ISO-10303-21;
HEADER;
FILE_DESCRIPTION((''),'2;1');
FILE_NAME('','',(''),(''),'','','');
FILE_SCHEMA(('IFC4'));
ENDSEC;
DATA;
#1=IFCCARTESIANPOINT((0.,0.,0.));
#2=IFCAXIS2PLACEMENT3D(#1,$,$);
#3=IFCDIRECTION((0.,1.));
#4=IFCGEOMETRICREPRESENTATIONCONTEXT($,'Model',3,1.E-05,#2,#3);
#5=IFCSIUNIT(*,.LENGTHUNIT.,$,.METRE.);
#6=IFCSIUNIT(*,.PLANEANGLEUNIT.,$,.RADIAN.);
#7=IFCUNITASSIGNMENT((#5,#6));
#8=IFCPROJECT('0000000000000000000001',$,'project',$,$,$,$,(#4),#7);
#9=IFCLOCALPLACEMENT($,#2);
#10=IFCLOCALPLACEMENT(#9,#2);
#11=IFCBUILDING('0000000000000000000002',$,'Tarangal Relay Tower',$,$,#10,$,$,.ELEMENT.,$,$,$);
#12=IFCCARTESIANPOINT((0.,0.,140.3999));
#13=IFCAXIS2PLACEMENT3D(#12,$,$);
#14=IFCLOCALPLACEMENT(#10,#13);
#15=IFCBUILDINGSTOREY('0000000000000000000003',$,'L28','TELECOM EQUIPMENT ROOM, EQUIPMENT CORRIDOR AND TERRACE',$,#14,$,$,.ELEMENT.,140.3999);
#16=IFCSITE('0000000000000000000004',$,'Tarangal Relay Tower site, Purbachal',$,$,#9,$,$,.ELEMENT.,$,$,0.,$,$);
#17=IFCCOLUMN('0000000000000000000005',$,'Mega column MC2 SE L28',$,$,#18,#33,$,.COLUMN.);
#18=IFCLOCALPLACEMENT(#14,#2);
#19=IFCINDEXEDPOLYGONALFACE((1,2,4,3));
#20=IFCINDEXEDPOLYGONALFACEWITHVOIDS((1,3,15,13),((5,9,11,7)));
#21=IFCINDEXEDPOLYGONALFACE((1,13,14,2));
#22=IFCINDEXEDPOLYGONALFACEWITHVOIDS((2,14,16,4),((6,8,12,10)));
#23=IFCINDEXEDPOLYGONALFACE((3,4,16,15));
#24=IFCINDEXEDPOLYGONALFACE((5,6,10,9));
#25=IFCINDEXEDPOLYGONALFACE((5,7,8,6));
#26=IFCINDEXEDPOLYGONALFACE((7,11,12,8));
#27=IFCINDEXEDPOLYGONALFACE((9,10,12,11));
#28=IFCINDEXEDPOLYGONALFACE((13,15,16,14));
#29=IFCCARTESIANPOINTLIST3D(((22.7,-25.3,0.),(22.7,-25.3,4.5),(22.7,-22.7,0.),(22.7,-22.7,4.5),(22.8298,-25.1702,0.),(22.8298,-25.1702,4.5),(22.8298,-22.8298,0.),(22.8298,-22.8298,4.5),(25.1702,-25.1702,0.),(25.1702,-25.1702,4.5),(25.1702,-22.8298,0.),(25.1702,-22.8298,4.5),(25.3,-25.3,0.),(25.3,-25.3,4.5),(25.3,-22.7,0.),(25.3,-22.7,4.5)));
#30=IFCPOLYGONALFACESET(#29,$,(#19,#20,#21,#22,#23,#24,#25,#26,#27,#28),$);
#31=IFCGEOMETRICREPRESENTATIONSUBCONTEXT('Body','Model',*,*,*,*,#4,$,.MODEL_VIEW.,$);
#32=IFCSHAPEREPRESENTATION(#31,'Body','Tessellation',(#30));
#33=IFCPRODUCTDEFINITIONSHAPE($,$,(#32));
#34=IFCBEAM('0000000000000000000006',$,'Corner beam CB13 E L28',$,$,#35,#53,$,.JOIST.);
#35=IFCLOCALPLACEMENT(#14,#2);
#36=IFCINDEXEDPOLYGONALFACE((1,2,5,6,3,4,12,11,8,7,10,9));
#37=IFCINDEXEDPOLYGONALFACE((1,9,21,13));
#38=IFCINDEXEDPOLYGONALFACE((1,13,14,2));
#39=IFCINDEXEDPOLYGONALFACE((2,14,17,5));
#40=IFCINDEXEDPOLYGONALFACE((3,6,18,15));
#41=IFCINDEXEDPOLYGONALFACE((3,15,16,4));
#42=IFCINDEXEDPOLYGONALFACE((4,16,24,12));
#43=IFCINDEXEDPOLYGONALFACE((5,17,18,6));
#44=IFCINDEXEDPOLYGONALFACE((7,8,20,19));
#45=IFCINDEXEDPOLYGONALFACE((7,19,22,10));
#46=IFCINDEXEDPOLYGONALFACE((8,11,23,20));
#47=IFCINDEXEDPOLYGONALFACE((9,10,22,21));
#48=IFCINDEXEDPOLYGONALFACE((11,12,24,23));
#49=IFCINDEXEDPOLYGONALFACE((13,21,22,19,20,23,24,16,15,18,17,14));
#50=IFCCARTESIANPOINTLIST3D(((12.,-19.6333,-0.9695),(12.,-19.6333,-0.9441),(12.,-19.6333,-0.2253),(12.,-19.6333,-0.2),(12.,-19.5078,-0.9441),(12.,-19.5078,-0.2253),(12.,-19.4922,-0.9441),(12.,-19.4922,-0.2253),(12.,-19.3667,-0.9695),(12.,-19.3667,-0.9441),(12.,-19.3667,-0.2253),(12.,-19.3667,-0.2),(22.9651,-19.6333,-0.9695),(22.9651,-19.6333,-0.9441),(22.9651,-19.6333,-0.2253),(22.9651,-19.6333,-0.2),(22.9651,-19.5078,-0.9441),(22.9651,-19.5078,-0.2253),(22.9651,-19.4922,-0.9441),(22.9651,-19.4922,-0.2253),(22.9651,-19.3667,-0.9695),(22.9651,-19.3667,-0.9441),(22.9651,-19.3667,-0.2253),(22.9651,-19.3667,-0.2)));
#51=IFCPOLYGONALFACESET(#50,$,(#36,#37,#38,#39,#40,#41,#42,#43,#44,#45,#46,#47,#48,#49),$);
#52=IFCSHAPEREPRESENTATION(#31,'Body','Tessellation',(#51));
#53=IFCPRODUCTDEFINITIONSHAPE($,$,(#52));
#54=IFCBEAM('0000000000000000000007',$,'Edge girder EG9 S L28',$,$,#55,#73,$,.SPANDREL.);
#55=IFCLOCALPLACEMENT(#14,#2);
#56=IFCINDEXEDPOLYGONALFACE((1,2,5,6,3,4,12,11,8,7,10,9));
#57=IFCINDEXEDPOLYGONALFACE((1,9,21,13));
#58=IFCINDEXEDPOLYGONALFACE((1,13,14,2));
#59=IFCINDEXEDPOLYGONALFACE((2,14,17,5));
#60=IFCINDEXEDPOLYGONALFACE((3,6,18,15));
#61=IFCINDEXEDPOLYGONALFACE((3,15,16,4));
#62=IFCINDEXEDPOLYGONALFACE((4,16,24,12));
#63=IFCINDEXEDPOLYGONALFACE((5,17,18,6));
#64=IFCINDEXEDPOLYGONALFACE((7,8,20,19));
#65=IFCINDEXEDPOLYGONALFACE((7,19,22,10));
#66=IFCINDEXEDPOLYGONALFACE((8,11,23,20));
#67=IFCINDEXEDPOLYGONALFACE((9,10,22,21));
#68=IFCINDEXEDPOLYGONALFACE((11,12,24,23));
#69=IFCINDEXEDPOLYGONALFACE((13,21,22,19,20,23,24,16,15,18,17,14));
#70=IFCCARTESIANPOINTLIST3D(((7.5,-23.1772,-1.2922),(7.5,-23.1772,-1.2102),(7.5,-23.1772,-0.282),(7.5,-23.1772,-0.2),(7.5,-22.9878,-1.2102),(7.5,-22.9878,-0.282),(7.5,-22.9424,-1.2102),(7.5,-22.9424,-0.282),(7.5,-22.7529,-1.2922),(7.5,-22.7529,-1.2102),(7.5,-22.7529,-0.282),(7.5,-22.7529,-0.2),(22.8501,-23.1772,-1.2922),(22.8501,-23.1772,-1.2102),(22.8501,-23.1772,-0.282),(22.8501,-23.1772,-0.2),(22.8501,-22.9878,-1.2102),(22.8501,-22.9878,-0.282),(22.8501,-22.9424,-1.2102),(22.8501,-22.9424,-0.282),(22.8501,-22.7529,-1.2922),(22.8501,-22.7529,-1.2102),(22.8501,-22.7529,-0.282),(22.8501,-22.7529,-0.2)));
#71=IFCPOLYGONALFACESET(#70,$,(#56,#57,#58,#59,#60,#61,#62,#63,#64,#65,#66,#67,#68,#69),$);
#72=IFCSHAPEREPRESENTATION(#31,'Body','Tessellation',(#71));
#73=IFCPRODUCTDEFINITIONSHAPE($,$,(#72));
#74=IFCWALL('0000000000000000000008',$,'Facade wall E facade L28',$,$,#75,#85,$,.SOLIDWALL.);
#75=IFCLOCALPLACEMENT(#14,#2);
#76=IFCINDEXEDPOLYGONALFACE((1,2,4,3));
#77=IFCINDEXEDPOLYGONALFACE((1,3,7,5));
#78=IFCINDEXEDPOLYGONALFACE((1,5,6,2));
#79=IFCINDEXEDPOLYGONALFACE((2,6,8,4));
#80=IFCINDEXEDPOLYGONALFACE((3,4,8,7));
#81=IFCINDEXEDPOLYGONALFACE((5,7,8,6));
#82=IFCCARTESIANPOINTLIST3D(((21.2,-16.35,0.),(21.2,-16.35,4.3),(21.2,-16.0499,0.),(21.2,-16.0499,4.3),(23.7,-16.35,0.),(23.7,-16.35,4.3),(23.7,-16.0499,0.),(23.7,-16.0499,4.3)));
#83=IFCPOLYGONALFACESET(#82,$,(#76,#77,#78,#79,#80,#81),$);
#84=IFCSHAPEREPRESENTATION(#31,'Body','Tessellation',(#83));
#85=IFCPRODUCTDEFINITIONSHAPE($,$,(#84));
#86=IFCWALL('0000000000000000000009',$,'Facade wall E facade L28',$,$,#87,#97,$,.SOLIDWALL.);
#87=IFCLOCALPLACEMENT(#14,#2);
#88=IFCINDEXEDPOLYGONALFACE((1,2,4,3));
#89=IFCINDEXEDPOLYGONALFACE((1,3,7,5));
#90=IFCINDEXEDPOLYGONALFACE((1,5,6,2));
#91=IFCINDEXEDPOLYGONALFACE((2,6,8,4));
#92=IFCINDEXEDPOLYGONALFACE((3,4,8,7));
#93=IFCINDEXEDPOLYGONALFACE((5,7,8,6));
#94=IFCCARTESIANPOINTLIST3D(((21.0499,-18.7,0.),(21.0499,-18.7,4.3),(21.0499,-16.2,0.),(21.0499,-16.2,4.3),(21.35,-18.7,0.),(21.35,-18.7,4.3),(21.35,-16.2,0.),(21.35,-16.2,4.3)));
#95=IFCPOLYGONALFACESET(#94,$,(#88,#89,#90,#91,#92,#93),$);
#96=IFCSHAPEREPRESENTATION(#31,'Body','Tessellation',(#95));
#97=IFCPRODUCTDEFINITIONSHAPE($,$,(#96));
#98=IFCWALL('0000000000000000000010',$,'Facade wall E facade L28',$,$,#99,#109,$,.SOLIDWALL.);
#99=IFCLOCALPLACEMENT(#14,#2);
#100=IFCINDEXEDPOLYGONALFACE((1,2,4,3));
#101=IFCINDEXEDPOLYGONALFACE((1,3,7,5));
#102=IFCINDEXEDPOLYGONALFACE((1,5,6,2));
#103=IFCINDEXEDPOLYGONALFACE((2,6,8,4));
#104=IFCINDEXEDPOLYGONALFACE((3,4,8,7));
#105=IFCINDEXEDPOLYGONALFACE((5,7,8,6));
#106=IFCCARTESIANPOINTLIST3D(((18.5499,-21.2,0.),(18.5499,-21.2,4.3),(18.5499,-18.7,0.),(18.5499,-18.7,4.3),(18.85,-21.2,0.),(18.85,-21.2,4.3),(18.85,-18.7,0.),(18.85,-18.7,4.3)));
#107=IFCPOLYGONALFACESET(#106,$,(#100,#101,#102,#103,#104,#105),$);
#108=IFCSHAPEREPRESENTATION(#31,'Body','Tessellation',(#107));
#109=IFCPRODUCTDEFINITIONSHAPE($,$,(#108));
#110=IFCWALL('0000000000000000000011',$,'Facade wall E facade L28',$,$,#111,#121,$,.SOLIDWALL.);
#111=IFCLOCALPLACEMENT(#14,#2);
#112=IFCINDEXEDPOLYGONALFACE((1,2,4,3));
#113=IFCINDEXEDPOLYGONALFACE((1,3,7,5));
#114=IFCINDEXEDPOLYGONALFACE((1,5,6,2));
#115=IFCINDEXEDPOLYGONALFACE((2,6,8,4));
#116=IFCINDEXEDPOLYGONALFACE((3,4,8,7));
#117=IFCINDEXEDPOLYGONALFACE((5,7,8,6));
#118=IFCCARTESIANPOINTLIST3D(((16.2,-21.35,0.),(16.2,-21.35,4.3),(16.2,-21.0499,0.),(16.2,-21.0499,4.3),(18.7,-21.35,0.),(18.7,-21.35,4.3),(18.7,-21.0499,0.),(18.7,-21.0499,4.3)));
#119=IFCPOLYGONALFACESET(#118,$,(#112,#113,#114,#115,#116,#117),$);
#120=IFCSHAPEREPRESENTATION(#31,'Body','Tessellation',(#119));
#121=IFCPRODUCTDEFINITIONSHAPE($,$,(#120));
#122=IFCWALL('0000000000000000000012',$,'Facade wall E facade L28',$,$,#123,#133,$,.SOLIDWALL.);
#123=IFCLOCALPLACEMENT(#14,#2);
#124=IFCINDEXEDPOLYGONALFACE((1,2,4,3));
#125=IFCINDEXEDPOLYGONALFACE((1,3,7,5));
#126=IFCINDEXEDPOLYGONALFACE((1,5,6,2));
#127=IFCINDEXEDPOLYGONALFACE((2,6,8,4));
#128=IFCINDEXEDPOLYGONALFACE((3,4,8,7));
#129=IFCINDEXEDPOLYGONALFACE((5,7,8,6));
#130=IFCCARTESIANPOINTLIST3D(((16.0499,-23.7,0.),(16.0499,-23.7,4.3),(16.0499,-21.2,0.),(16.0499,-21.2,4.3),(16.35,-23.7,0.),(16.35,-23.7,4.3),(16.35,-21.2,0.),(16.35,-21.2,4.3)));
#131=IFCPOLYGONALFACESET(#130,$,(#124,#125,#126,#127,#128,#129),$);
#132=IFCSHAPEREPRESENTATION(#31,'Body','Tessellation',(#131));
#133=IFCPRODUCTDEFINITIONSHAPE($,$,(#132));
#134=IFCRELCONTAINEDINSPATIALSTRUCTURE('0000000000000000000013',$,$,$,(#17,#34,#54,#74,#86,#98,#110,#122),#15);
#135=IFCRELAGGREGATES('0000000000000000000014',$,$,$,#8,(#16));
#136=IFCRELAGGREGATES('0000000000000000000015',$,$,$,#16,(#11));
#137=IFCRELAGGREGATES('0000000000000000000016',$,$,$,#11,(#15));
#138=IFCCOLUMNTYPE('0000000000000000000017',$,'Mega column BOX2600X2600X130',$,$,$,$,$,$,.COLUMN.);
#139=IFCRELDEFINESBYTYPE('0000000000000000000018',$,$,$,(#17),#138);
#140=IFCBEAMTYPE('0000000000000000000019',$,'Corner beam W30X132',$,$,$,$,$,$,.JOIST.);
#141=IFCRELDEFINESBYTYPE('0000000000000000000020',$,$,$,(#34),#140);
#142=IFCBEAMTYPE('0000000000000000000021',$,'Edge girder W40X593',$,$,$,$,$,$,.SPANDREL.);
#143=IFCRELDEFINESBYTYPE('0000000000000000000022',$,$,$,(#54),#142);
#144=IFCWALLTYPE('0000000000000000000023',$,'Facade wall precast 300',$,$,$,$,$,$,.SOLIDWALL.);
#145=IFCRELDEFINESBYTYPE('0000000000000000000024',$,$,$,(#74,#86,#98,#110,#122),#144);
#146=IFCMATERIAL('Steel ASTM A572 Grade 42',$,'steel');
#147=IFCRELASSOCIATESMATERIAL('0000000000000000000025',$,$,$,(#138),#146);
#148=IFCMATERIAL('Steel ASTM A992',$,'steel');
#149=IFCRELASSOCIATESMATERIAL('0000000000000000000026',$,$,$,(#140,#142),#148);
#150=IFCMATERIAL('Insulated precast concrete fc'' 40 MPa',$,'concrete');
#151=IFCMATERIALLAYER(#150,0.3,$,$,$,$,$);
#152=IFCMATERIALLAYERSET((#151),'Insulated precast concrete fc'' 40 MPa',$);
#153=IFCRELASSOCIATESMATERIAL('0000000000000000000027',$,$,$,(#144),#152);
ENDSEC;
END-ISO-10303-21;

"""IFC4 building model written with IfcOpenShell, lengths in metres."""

from ifc_helpers import new_model, si_unit, direction, frame, frame_2d, origin, origin_2d, place, context, subcontext, project, spatial, rectangle, hollow_rectangle, i_section, extrude, material, layer, layer_set, material_profile, profile_set, type_object, element, save


model = new_model("IFC4")

# Units and contexts
model_context = context("Model", 3, precision=1e-05, world=origin(), true_north=direction((0.0, 1.0)))
body_context = subcontext(model_context, "Body", "Model", "MODEL_VIEW")
ifc_project = project(units=[si_unit("LENGTHUNIT", "METRE"), si_unit("PLANEANGLEUNIT", "RADIAN")], contexts=[model_context])

# Site, building, storey
site_placement = place(None, origin())
site = spatial("IfcSite", under=ifc_project, at=site_placement, Name="Tarangal Relay Tower site, Purbachal", CompositionType="ELEMENT", RefElevation=0.0)
building_placement = place(site_placement, origin())
building = spatial("IfcBuilding", under=site, at=building_placement, Name="Tarangal Relay Tower", CompositionType="ELEMENT")
storey_placement = place(building_placement, frame((0.0, 0.0, 140.3999)))
storey = spatial("IfcBuildingStorey", under=building, at=storey_placement, Name="L28", Description="TELECOM EQUIPMENT ROOM, EQUIPMENT CORRIDOR AND TERRACE", CompositionType="ELEMENT", Elevation=140.3999)

# Column
ifc_material_1 = material(Name="Steel ASTM A572 Grade 42", Category="steel")
ifc_material_profile_1 = material_profile(ifc_material_1, hollow_rectangle(XDim=2.6001, YDim=2.6001, WallThickness=0.1299, at=origin_2d()), Name="BOX2600X2600X130")
ifc_profile_set_1 = profile_set([ifc_material_profile_1], Name="Steel ASTM A572 Grade 42")
column_type = type_object("IfcColumnType", Name="Mega column BOX2600X2600X130", PredefinedType="COLUMN", material=ifc_profile_set_1)
column_placement = place(storey_placement, frame((24.0, -24.0, 0.0), z_axis=(0.0, 0.0, 1.0), x_axis=(1.0, 0.0, 0.0)))
element("IfcColumn", 1, at=column_placement, inside=storey, type_object=column_type, Name="Mega column MC2 SE L28", PredefinedType="COLUMN", context=body_context, shape_type="SweptSolid", body=[
    extrude(hollow_rectangle(XDim=2.6001, YDim=2.6001, WallThickness=0.1299, at=origin_2d()), origin(), (0.0, 0.0, 1.0), 4.5),
])

# Beams
ifc_material_2 = material(Name="Steel ASTM A992", Category="steel")
ifc_material_profile_2 = material_profile(ifc_material_2, i_section(OverallWidth=0.2666, OverallDepth=0.7695, WebThickness=0.0156, FlangeThickness=0.0254, at=origin_2d()), Name="W30X132")
ifc_profile_set_2 = profile_set([ifc_material_profile_2], Name="Steel ASTM A992")
beam_type_1 = type_object("IfcBeamType", Name="Corner beam W30X132", PredefinedType="JOIST", material=ifc_profile_set_2)
beam_1_placement = place(storey_placement, frame((12.0, -19.5, -0.5847), z_axis=(1.0, 0.0, 0.0), x_axis=(0.0, 1.0, 0.0)))
element("IfcBeam", 2, at=beam_1_placement, inside=storey, type_object=beam_type_1, Name="Corner beam CB13 E L28", PredefinedType="JOIST", context=body_context, shape_type="SweptSolid", body=[
    extrude(i_section(OverallWidth=0.2666, OverallDepth=0.7695, WebThickness=0.0156, FlangeThickness=0.0254, at=origin_2d()), origin(), (0.0, 0.0, 1.0), 10.9651),
])
ifc_material_profile_3 = material_profile(ifc_material_2, i_section(OverallWidth=0.4243, OverallDepth=1.0923, WebThickness=0.0454, FlangeThickness=0.082, at=origin_2d()), Name="W40X593")
ifc_profile_set_3 = profile_set([ifc_material_profile_3], Name="Steel ASTM A992")
beam_type_2 = type_object("IfcBeamType", Name="Edge girder W40X593", PredefinedType="SPANDREL", material=ifc_profile_set_3)
beam_2_placement = place(storey_placement, frame((22.8501, -22.9651, -0.7461), z_axis=(-1.0, 0.0, 0.0), x_axis=(0.0, -1.0, 0.0)))
element("IfcBeam", 3, at=beam_2_placement, inside=storey, type_object=beam_type_2, Name="Edge girder EG9 S L28", PredefinedType="SPANDREL", context=body_context, shape_type="SweptSolid", body=[
    extrude(i_section(OverallWidth=0.4243, OverallDepth=1.0923, WebThickness=0.0454, FlangeThickness=0.082, at=origin_2d()), origin(), (0.0, 0.0, 1.0), 15.3501),
])

# Walls
ifc_material_3 = material(Name="Insulated precast concrete fc' 40 MPa", Category="concrete")
ifc_layer_1 = layer(ifc_material_3, 0.3)
ifc_layer_set_1 = layer_set([ifc_layer_1], Name="Insulated precast concrete fc' 40 MPa")
wall_type_1 = type_object("IfcWallType", Name="Facade wall precast 300", PredefinedType="SOLIDWALL", material=ifc_layer_set_1)
for number, where, z_axis, x_axis, name in (
    (4, (23.7, -16.2, 0.0), (0.0, 0.0, 1.0), (-1.0, 0.0, 0.0), "Facade wall E facade L28"),
    (5, (21.2, -16.2, 0.0), (0.0, 0.0, 1.0), (0.0, -1.0, 0.0), "Facade wall E facade L28"),
):
    element("IfcWall", number, at=place(storey_placement, frame(where, z_axis=z_axis, x_axis=x_axis)), inside=storey, type_object=wall_type_1, Name=name, PredefinedType="SOLIDWALL", context=body_context, shape_type="SweptSolid", body=[
        extrude(rectangle(XDim=2.5, YDim=0.3, at=frame_2d((1.25, 0.0))), origin(), (0.0, 0.0, 1.0), 4.3),
    ])

# Walls
for number, where, z_axis, x_axis, name in (
    (6, (18.7, -18.7, 0.0), (0.0, 0.0, 1.0), (0.0, -1.0, 0.0), "Facade wall E facade L28"),
    (7, (18.7, -21.2, 0.0), (0.0, 0.0, 1.0), (-1.0, 0.0, 0.0), "Facade wall E facade L28"),
    (8, (16.2, -21.2, 0.0), (0.0, 0.0, 1.0), (0.0, -1.0, 0.0), "Facade wall E facade L28"),
):
    element("IfcWall", number, at=place(storey_placement, frame(where, z_axis=z_axis, x_axis=x_axis)), inside=storey, type_object=wall_type_1, Name=name, PredefinedType="SOLIDWALL", context=body_context, shape_type="SweptSolid", body=[
        extrude(rectangle(XDim=2.5, YDim=0.3, at=frame_2d((1.25, 0.0))), origin(), (0.0, 0.0, 1.0), 4.3),
    ])

save(model, "model.ifc")
